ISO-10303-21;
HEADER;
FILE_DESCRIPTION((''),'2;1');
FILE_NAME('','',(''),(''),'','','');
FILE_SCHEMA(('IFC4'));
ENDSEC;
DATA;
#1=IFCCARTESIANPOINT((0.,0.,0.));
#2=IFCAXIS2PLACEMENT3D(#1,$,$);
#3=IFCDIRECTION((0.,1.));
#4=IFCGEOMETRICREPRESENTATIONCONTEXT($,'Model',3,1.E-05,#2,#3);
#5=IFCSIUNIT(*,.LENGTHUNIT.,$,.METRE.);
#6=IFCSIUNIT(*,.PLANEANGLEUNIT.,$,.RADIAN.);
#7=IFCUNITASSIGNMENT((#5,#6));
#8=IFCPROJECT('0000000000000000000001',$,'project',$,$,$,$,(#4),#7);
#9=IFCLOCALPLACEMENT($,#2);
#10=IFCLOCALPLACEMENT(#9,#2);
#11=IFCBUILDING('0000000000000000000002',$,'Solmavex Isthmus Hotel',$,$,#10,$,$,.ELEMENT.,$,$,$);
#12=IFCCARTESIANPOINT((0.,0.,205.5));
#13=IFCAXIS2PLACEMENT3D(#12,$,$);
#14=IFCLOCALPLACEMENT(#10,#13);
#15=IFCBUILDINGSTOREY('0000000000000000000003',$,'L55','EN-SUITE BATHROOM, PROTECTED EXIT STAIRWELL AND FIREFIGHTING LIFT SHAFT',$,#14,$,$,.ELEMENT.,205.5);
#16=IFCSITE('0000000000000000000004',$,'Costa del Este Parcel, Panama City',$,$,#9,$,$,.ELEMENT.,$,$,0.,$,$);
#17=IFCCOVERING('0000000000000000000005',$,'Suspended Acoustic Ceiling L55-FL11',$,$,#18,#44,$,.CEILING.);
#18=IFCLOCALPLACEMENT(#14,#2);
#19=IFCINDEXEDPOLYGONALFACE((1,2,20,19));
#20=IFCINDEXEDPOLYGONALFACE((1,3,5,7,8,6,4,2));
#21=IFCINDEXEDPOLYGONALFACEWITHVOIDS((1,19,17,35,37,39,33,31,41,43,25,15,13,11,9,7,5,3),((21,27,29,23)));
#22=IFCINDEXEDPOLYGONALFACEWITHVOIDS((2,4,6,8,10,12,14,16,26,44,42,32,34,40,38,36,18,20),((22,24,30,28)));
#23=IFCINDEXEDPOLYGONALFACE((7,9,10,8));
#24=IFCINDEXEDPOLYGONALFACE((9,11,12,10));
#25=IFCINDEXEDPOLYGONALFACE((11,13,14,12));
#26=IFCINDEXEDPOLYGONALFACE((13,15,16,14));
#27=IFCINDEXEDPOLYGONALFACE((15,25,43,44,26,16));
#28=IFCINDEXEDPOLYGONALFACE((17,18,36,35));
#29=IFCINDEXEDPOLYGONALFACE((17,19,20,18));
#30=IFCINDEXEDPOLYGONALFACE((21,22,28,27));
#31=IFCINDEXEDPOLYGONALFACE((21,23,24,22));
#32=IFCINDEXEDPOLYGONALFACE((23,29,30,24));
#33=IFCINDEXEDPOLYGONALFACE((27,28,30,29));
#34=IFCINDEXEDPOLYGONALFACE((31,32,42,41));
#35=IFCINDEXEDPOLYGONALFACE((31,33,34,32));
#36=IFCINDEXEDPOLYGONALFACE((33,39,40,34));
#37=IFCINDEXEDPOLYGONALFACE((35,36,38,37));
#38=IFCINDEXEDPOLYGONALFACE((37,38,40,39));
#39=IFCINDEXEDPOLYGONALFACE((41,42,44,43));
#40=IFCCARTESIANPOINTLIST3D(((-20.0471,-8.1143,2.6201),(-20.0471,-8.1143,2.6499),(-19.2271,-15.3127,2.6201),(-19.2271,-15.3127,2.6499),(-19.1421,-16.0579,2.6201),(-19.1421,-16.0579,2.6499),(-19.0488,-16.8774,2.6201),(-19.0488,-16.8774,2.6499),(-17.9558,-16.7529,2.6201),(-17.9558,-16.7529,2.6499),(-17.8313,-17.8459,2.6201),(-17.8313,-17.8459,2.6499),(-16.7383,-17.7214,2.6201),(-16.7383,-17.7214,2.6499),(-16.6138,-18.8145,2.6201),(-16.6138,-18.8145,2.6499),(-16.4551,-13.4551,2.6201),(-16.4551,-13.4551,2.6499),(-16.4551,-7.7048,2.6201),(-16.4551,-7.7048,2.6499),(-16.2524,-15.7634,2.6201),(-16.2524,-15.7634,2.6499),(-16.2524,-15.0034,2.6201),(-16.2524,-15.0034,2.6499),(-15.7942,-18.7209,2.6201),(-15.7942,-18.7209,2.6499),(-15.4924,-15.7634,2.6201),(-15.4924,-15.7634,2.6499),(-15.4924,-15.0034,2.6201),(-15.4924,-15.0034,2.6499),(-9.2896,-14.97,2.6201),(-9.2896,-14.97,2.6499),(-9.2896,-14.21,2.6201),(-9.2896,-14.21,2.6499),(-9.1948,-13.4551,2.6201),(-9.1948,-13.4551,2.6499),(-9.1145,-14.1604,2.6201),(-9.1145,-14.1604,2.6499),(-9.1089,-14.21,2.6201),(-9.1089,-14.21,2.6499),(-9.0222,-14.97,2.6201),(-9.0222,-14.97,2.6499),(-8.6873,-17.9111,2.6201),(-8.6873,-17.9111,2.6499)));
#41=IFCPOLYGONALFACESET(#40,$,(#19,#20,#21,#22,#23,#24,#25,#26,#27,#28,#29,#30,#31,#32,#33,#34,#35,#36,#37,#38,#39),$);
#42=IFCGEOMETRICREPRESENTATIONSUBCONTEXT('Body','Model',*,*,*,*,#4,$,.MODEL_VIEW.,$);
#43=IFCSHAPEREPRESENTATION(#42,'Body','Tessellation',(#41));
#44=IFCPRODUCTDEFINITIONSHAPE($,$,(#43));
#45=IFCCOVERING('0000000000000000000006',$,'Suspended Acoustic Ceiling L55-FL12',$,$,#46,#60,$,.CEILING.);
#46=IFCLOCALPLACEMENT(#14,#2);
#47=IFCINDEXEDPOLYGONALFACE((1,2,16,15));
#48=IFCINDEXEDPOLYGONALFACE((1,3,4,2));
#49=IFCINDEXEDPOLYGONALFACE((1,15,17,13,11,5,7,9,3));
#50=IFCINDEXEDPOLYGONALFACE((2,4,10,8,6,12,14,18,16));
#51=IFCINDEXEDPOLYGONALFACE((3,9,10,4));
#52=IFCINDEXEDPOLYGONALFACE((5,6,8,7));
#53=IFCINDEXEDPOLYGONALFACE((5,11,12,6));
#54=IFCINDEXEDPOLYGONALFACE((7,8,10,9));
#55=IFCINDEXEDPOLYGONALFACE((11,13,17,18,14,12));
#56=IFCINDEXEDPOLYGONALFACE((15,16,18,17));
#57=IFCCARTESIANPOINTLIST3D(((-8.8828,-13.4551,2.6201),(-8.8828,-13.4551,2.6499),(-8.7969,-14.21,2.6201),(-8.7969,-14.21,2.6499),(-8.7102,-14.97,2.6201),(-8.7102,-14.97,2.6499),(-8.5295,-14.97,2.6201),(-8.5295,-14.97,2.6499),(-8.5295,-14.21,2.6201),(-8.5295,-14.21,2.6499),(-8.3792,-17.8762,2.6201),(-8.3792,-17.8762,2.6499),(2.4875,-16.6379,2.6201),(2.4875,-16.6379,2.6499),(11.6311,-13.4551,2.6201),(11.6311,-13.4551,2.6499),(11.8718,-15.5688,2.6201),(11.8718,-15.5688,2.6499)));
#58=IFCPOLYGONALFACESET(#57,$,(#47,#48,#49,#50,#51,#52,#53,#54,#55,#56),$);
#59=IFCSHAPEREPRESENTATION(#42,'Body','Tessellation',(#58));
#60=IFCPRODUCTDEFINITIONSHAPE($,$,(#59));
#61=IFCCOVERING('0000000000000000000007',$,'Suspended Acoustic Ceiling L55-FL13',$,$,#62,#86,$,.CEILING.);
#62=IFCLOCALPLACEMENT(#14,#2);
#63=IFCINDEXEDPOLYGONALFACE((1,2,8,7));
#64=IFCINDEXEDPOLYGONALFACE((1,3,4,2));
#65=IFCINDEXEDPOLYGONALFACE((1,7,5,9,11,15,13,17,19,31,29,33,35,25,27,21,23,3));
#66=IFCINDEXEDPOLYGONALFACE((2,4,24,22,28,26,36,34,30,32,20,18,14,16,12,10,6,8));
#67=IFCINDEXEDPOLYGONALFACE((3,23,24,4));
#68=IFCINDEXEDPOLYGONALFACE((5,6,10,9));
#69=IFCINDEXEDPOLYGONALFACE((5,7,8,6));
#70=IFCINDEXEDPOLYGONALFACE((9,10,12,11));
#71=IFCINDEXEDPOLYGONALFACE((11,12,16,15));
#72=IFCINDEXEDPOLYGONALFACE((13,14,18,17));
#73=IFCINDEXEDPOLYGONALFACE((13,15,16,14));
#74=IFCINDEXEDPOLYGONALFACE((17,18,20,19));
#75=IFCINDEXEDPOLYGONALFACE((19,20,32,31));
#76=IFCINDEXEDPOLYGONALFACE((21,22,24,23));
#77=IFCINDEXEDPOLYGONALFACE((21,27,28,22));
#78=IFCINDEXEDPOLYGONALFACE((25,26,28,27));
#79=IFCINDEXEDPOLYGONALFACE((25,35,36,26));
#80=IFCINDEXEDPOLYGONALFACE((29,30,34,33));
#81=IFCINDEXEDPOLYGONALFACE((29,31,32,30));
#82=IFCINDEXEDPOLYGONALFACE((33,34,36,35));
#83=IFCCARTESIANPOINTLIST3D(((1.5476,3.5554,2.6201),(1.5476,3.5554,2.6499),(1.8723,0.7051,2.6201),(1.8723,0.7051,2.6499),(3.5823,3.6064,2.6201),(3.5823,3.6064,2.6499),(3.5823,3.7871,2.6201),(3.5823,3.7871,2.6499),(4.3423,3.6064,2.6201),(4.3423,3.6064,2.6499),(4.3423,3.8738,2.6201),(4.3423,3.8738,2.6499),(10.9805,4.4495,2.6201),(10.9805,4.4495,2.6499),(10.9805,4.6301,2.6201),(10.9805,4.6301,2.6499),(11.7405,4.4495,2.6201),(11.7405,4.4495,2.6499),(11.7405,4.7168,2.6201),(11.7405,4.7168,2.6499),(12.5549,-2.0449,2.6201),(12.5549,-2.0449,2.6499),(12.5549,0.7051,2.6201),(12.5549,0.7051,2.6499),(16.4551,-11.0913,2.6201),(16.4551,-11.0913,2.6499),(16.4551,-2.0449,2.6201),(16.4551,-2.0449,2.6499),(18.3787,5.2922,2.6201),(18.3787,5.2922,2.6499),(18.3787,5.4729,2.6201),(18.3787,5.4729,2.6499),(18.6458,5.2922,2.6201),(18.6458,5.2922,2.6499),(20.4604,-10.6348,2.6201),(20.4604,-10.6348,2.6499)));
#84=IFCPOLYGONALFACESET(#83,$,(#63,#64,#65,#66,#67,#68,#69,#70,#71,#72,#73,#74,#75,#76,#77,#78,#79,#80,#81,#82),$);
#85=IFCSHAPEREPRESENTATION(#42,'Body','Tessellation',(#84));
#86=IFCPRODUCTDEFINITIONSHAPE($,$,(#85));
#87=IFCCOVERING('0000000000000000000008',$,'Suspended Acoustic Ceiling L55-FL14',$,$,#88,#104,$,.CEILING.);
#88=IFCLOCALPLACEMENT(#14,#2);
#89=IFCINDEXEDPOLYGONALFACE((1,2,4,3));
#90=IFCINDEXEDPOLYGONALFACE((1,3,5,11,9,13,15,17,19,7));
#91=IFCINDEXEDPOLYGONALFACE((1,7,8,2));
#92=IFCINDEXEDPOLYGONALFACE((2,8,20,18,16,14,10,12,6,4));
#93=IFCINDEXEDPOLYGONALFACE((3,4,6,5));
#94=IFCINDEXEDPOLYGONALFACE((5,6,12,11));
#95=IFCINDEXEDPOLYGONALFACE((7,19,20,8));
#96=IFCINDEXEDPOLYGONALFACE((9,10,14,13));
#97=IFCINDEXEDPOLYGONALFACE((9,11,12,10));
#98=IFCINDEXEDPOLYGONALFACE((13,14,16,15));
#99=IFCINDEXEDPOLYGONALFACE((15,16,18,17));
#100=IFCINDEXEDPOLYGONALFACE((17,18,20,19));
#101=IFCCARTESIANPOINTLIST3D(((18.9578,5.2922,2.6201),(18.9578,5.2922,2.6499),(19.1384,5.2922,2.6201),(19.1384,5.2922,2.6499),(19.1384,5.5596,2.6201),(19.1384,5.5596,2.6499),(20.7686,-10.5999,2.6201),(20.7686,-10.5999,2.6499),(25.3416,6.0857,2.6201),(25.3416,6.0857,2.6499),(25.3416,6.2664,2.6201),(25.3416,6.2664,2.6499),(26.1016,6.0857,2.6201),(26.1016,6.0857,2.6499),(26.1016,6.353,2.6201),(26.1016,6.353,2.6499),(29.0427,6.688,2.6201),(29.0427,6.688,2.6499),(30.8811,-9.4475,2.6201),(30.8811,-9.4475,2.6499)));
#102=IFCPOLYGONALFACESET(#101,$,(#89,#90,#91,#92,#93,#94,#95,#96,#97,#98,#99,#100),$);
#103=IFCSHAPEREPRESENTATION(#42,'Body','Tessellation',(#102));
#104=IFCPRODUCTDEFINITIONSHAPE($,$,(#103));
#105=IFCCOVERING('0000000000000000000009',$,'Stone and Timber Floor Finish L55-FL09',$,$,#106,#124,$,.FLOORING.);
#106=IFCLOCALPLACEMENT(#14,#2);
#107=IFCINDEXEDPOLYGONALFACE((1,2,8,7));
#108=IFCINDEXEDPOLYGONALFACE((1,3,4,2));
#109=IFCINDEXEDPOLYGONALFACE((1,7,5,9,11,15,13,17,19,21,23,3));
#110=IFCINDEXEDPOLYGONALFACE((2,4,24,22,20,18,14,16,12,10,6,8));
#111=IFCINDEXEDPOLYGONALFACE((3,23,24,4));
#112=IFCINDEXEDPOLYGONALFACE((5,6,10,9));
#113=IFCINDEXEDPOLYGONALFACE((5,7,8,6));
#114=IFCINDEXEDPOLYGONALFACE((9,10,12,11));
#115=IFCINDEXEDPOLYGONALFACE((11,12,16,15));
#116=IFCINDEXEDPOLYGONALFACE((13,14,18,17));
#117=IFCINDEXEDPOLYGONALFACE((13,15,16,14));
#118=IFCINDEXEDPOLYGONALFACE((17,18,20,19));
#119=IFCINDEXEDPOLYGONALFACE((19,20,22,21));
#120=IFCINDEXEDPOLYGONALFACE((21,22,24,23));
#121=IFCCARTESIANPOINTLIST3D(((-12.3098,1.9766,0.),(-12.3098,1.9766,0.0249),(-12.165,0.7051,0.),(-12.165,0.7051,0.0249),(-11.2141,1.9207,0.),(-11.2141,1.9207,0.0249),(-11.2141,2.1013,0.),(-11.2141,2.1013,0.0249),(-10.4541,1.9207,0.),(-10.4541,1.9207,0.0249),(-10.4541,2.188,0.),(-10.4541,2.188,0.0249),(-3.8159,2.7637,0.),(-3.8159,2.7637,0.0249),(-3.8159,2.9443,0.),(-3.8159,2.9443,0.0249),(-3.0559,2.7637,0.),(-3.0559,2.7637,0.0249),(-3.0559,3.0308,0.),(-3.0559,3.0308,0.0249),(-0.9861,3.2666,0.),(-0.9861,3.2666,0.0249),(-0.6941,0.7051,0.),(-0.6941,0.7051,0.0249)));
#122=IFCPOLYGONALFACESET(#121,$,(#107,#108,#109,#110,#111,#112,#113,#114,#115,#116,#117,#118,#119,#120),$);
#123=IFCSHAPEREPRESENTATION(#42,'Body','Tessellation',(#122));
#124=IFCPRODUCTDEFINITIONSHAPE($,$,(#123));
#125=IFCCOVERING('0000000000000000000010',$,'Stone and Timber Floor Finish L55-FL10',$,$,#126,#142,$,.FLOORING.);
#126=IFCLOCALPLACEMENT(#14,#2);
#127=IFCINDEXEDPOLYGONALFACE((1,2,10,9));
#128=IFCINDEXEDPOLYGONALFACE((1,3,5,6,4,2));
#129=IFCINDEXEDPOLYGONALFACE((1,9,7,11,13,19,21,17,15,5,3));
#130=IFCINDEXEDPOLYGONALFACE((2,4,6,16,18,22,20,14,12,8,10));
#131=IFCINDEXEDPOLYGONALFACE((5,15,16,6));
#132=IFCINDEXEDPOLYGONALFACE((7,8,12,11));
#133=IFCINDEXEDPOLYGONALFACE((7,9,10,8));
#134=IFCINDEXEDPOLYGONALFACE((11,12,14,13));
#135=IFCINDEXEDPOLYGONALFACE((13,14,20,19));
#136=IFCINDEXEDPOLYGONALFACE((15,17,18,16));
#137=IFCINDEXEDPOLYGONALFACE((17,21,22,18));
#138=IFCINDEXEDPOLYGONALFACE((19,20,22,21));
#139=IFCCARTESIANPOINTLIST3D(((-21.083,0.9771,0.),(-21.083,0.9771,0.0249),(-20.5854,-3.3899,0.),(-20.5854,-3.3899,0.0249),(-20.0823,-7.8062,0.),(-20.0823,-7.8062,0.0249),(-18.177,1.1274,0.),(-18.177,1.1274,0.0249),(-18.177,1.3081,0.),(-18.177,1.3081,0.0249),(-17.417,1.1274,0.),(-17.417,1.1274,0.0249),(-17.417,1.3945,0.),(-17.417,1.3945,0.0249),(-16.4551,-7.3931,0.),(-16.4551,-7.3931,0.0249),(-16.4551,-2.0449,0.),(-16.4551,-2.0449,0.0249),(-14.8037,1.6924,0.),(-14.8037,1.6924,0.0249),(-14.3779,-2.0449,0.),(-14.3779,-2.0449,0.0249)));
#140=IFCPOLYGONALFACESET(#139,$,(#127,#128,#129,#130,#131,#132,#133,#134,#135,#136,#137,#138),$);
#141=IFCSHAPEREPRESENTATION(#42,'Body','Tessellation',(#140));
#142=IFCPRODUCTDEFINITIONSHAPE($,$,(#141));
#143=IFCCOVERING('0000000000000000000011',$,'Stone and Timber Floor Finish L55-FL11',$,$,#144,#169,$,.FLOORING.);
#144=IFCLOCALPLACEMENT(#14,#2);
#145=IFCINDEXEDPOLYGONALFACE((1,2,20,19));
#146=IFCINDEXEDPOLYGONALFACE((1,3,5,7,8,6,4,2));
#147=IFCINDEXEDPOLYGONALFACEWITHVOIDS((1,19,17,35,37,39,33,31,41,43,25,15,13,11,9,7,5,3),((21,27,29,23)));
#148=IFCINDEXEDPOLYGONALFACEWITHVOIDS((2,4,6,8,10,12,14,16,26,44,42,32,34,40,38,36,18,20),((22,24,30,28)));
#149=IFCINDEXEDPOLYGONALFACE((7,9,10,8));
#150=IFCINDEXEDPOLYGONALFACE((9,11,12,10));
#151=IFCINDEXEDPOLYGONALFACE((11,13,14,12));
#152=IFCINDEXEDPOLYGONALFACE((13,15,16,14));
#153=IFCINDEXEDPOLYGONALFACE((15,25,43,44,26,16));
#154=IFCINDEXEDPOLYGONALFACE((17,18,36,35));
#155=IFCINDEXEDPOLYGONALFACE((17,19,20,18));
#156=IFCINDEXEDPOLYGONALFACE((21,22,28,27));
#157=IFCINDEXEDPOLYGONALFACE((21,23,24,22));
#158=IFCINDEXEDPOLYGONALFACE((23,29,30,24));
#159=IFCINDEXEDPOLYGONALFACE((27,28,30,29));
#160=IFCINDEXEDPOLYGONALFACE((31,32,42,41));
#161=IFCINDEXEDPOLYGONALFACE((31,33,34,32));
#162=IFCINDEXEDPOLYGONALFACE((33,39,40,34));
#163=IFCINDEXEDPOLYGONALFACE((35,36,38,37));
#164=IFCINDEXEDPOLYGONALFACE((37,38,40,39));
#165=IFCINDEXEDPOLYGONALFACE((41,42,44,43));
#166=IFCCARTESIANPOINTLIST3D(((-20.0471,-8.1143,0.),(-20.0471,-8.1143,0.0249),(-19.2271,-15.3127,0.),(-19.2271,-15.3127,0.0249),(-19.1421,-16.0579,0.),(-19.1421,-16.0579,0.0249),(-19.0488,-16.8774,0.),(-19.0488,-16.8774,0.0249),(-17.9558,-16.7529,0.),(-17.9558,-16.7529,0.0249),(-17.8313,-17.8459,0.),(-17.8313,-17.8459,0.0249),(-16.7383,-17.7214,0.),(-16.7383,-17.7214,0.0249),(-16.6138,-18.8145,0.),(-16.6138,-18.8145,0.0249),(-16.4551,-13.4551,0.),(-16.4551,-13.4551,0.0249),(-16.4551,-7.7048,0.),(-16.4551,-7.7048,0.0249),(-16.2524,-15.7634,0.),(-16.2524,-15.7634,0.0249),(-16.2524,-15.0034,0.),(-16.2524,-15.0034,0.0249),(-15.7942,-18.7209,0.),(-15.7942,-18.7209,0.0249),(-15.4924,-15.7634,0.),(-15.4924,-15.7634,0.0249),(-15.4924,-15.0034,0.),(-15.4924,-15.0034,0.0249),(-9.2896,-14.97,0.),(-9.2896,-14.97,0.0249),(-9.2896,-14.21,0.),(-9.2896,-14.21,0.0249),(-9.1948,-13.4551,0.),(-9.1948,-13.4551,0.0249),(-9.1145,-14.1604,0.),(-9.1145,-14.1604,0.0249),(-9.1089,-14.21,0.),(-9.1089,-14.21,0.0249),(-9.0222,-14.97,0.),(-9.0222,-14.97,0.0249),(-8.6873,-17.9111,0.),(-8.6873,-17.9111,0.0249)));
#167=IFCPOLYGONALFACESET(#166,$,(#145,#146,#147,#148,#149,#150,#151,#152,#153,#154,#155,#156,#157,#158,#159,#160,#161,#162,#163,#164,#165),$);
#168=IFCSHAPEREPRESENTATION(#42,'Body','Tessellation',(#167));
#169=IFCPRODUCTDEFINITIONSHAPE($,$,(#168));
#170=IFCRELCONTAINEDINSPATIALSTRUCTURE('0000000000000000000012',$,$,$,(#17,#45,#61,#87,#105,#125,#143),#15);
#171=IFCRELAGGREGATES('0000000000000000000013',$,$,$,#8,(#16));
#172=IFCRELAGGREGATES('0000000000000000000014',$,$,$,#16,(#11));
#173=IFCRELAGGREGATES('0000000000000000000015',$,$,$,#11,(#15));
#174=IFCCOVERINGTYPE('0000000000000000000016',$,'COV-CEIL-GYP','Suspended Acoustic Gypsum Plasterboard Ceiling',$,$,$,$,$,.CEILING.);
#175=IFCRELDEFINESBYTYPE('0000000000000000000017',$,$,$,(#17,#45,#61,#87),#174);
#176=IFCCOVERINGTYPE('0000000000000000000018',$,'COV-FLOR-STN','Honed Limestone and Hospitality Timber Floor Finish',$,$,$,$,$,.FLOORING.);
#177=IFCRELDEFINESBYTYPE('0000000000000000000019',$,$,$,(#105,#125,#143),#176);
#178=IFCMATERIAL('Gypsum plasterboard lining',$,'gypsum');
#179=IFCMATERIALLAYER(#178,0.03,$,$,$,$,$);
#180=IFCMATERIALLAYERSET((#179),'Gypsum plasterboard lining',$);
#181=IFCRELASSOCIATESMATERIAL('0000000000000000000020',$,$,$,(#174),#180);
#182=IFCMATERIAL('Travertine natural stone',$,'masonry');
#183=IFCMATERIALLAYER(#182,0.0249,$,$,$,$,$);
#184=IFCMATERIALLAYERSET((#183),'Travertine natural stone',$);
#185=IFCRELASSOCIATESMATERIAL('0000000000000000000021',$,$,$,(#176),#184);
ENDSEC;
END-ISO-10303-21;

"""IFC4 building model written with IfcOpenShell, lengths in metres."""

from ifc_helpers import new_model, si_unit, direction, frame, origin, place, context, subcontext, project, spatial, polyline, outline, extrude, material, layer, layer_set, type_object, element, save


model = new_model("IFC4")

# Units and contexts
model_context = context("Model", 3, precision=1e-05, world=origin(), true_north=direction((0.0, 1.0)))
body_context = subcontext(model_context, "Body", "Model", "MODEL_VIEW")
ifc_project = project(units=[si_unit("LENGTHUNIT", "METRE"), si_unit("PLANEANGLEUNIT", "RADIAN")], contexts=[model_context])

# Site, building, storey
site_placement = place(None, origin())
site = spatial("IfcSite", under=ifc_project, at=site_placement, Name="Costa del Este Parcel, Panama City", CompositionType="ELEMENT", RefElevation=0.0)
building_placement = place(site_placement, origin())
building = spatial("IfcBuilding", under=site, at=building_placement, Name="Solmavex Isthmus Hotel", CompositionType="ELEMENT")
storey_placement = place(building_placement, frame((0.0, 0.0, 205.5)))
storey = spatial("IfcBuildingStorey", under=building, at=storey_placement, Name="L55", Description="EN-SUITE BATHROOM, PROTECTED EXIT STAIRWELL AND FIREFIGHTING LIFT SHAFT", CompositionType="ELEMENT", Elevation=205.5)

# Shared definitions
ifc_material_1 = material(Name="Gypsum plasterboard lining", Category="gypsum")

# Coverings
ifc_layer_1 = layer(ifc_material_1, 0.03)
ifc_layer_set_1 = layer_set([ifc_layer_1], Name="Gypsum plasterboard lining")
covering_type_1 = type_object("IfcCoveringType", Name="COV-CEIL-GYP", Description="Suspended Acoustic Gypsum Plasterboard Ceiling", PredefinedType="CEILING", material=ifc_layer_set_1)
covering_1_placement = place(storey_placement, frame((0.0, 0.0, 2.6201)))
element("IfcCovering", 1, at=covering_1_placement, inside=storey, type_object=covering_type_1, Name="Suspended Acoustic Ceiling L55-FL11", PredefinedType="CEILING", context=body_context, shape_type="SweptSolid", body=[
    extrude(outline(polyline([(-9.0222, -14.97), (-9.2896, -14.97), (-9.2896, -14.21), (-9.1089, -14.21), (-9.1145, -14.1604), (-9.1948, -13.4551), (-16.4551, -13.4551), (-16.4551, -7.7048), (-20.0471, -8.1143), (-19.2271, -15.3127), (-19.1421, -16.0579), (-19.0488, -16.8774), (-17.9558, -16.7529), (-17.8313, -17.8459), (-16.7383, -17.7214), (-16.6138, -18.8145), (-15.7942, -18.7209), (-8.6873, -17.9111), (-9.0222, -14.97)]), holes=[polyline([(-16.2524, -15.7634), (-16.2524, -15.0034), (-15.4924, -15.0034), (-15.4924, -15.7634), (-16.2524, -15.7634)])]), origin(), (0.0, 0.0, 1.0), 0.0298),
])
covering_2_placement = place(storey_placement, frame((0.0, 0.0, 2.6201)))
element("IfcCovering", 2, at=covering_2_placement, inside=storey, type_object=covering_type_1, Name="Suspended Acoustic Ceiling L55-FL12", PredefinedType="CEILING", context=body_context, shape_type="SweptSolid", body=[
    extrude(outline(polyline([(-8.7969, -14.21), (-8.5295, -14.21), (-8.5295, -14.97), (-8.7102, -14.97), (-8.3792, -17.8762), (2.4875, -16.6379), (11.8718, -15.5688), (11.6311, -13.4551), (-8.8828, -13.4551), (-8.7969, -14.21)])), origin(), (0.0, 0.0, 1.0), 0.0298),
])
covering_3_placement = place(storey_placement, frame((0.0, 0.0, 2.6201)))
element("IfcCovering", 3, at=covering_3_placement, inside=storey, type_object=covering_type_1, Name="Suspended Acoustic Ceiling L55-FL13", PredefinedType="CEILING", context=body_context, shape_type="SweptSolid", body=[
    extrude(outline(polyline([(4.3423, 3.8738), (4.3423, 3.6064), (3.5823, 3.6064), (3.5823, 3.7871), (1.5476, 3.5554), (1.8723, 0.7051), (12.5549, 0.7051), (12.5549, -2.0449), (16.4551, -2.0449), (16.4551, -11.0913), (20.4604, -10.6348), (18.6458, 5.2922), (18.3787, 5.2922), (18.3787, 5.4729), (11.7405, 4.7168), (11.7405, 4.4495), (10.9805, 4.4495), (10.9805, 4.6301), (4.3423, 3.8738)])), origin(), (0.0, 0.0, 1.0), 0.0298),
])
covering_4_placement = place(storey_placement, frame((0.0, 0.0, 2.6201)))
element("IfcCovering", 4, at=covering_4_placement, inside=storey, type_object=covering_type_1, Name="Suspended Acoustic Ceiling L55-FL14", PredefinedType="CEILING", context=body_context, shape_type="SweptSolid", body=[
    extrude(outline(polyline([(19.1384, 5.5596), (19.1384, 5.2922), (18.9578, 5.2922), (20.7686, -10.5999), (30.8811, -9.4475), (29.0427, 6.688), (26.1016, 6.353), (26.1016, 6.0857), (25.3416, 6.0857), (25.3416, 6.2664), (19.1384, 5.5596)])), origin(), (0.0, 0.0, 1.0), 0.0298),
])
ifc_material_2 = material(Name="Travertine natural stone", Category="masonry")
ifc_layer_2 = layer(ifc_material_2, 0.0249)
ifc_layer_set_2 = layer_set([ifc_layer_2], Name="Travertine natural stone")
covering_type_2 = type_object("IfcCoveringType", Name="COV-FLOR-STN", Description="Honed Limestone and Hospitality Timber Floor Finish", PredefinedType="FLOORING", material=ifc_layer_set_2)
covering_5_placement = place(storey_placement, origin())
element("IfcCovering", 5, at=covering_5_placement, inside=storey, type_object=covering_type_2, Name="Stone and Timber Floor Finish L55-FL09", PredefinedType="FLOORING", context=body_context, shape_type="SweptSolid", body=[
    extrude(outline(polyline([(-10.4541, 2.188), (-10.4541, 1.9207), (-11.2141, 1.9207), (-11.2141, 2.1013), (-12.3098, 1.9766), (-12.165, 0.7051), (-0.6941, 0.7051), (-0.9861, 3.2666), (-3.0559, 3.0308), (-3.0559, 2.7637), (-3.8159, 2.7637), (-3.8159, 2.9443), (-10.4541, 2.188)])), origin(), (0.0, 0.0, 1.0), 0.0249),
])
covering_6_placement = place(storey_placement, origin())
element("IfcCovering", 6, at=covering_6_placement, inside=storey, type_object=covering_type_2, Name="Stone and Timber Floor Finish L55-FL10", PredefinedType="FLOORING", context=body_context, shape_type="SweptSolid", body=[
    extrude(outline(polyline([(-17.417, 1.3945), (-17.417, 1.1274), (-18.177, 1.1274), (-18.177, 1.3081), (-21.083, 0.9771), (-20.5854, -3.3899), (-20.0823, -7.8062), (-16.4551, -7.3931), (-16.4551, -2.0449), (-14.3779, -2.0449), (-14.8037, 1.6924), (-17.417, 1.3945)])), origin(), (0.0, 0.0, 1.0), 0.0249),
])
covering_7_placement = place(storey_placement, origin())
element("IfcCovering", 7, at=covering_7_placement, inside=storey, type_object=covering_type_2, Name="Stone and Timber Floor Finish L55-FL11", PredefinedType="FLOORING", context=body_context, shape_type="SweptSolid", body=[
    extrude(outline(polyline([(-9.0222, -14.97), (-9.2896, -14.97), (-9.2896, -14.21), (-9.1089, -14.21), (-9.1145, -14.1604), (-9.1948, -13.4551), (-16.4551, -13.4551), (-16.4551, -7.7048), (-20.0471, -8.1143), (-19.2271, -15.3127), (-19.1421, -16.0579), (-19.0488, -16.8774), (-17.9558, -16.7529), (-17.8313, -17.8459), (-16.7383, -17.7214), (-16.6138, -18.8145), (-15.7942, -18.7209), (-8.6873, -17.9111), (-9.0222, -14.97)]), holes=[polyline([(-16.2524, -15.7634), (-16.2524, -15.0034), (-15.4924, -15.0034), (-15.4924, -15.7634), (-16.2524, -15.7634)])]), origin(), (0.0, 0.0, 1.0), 0.0249),
])

save(model, "model.ifc")
